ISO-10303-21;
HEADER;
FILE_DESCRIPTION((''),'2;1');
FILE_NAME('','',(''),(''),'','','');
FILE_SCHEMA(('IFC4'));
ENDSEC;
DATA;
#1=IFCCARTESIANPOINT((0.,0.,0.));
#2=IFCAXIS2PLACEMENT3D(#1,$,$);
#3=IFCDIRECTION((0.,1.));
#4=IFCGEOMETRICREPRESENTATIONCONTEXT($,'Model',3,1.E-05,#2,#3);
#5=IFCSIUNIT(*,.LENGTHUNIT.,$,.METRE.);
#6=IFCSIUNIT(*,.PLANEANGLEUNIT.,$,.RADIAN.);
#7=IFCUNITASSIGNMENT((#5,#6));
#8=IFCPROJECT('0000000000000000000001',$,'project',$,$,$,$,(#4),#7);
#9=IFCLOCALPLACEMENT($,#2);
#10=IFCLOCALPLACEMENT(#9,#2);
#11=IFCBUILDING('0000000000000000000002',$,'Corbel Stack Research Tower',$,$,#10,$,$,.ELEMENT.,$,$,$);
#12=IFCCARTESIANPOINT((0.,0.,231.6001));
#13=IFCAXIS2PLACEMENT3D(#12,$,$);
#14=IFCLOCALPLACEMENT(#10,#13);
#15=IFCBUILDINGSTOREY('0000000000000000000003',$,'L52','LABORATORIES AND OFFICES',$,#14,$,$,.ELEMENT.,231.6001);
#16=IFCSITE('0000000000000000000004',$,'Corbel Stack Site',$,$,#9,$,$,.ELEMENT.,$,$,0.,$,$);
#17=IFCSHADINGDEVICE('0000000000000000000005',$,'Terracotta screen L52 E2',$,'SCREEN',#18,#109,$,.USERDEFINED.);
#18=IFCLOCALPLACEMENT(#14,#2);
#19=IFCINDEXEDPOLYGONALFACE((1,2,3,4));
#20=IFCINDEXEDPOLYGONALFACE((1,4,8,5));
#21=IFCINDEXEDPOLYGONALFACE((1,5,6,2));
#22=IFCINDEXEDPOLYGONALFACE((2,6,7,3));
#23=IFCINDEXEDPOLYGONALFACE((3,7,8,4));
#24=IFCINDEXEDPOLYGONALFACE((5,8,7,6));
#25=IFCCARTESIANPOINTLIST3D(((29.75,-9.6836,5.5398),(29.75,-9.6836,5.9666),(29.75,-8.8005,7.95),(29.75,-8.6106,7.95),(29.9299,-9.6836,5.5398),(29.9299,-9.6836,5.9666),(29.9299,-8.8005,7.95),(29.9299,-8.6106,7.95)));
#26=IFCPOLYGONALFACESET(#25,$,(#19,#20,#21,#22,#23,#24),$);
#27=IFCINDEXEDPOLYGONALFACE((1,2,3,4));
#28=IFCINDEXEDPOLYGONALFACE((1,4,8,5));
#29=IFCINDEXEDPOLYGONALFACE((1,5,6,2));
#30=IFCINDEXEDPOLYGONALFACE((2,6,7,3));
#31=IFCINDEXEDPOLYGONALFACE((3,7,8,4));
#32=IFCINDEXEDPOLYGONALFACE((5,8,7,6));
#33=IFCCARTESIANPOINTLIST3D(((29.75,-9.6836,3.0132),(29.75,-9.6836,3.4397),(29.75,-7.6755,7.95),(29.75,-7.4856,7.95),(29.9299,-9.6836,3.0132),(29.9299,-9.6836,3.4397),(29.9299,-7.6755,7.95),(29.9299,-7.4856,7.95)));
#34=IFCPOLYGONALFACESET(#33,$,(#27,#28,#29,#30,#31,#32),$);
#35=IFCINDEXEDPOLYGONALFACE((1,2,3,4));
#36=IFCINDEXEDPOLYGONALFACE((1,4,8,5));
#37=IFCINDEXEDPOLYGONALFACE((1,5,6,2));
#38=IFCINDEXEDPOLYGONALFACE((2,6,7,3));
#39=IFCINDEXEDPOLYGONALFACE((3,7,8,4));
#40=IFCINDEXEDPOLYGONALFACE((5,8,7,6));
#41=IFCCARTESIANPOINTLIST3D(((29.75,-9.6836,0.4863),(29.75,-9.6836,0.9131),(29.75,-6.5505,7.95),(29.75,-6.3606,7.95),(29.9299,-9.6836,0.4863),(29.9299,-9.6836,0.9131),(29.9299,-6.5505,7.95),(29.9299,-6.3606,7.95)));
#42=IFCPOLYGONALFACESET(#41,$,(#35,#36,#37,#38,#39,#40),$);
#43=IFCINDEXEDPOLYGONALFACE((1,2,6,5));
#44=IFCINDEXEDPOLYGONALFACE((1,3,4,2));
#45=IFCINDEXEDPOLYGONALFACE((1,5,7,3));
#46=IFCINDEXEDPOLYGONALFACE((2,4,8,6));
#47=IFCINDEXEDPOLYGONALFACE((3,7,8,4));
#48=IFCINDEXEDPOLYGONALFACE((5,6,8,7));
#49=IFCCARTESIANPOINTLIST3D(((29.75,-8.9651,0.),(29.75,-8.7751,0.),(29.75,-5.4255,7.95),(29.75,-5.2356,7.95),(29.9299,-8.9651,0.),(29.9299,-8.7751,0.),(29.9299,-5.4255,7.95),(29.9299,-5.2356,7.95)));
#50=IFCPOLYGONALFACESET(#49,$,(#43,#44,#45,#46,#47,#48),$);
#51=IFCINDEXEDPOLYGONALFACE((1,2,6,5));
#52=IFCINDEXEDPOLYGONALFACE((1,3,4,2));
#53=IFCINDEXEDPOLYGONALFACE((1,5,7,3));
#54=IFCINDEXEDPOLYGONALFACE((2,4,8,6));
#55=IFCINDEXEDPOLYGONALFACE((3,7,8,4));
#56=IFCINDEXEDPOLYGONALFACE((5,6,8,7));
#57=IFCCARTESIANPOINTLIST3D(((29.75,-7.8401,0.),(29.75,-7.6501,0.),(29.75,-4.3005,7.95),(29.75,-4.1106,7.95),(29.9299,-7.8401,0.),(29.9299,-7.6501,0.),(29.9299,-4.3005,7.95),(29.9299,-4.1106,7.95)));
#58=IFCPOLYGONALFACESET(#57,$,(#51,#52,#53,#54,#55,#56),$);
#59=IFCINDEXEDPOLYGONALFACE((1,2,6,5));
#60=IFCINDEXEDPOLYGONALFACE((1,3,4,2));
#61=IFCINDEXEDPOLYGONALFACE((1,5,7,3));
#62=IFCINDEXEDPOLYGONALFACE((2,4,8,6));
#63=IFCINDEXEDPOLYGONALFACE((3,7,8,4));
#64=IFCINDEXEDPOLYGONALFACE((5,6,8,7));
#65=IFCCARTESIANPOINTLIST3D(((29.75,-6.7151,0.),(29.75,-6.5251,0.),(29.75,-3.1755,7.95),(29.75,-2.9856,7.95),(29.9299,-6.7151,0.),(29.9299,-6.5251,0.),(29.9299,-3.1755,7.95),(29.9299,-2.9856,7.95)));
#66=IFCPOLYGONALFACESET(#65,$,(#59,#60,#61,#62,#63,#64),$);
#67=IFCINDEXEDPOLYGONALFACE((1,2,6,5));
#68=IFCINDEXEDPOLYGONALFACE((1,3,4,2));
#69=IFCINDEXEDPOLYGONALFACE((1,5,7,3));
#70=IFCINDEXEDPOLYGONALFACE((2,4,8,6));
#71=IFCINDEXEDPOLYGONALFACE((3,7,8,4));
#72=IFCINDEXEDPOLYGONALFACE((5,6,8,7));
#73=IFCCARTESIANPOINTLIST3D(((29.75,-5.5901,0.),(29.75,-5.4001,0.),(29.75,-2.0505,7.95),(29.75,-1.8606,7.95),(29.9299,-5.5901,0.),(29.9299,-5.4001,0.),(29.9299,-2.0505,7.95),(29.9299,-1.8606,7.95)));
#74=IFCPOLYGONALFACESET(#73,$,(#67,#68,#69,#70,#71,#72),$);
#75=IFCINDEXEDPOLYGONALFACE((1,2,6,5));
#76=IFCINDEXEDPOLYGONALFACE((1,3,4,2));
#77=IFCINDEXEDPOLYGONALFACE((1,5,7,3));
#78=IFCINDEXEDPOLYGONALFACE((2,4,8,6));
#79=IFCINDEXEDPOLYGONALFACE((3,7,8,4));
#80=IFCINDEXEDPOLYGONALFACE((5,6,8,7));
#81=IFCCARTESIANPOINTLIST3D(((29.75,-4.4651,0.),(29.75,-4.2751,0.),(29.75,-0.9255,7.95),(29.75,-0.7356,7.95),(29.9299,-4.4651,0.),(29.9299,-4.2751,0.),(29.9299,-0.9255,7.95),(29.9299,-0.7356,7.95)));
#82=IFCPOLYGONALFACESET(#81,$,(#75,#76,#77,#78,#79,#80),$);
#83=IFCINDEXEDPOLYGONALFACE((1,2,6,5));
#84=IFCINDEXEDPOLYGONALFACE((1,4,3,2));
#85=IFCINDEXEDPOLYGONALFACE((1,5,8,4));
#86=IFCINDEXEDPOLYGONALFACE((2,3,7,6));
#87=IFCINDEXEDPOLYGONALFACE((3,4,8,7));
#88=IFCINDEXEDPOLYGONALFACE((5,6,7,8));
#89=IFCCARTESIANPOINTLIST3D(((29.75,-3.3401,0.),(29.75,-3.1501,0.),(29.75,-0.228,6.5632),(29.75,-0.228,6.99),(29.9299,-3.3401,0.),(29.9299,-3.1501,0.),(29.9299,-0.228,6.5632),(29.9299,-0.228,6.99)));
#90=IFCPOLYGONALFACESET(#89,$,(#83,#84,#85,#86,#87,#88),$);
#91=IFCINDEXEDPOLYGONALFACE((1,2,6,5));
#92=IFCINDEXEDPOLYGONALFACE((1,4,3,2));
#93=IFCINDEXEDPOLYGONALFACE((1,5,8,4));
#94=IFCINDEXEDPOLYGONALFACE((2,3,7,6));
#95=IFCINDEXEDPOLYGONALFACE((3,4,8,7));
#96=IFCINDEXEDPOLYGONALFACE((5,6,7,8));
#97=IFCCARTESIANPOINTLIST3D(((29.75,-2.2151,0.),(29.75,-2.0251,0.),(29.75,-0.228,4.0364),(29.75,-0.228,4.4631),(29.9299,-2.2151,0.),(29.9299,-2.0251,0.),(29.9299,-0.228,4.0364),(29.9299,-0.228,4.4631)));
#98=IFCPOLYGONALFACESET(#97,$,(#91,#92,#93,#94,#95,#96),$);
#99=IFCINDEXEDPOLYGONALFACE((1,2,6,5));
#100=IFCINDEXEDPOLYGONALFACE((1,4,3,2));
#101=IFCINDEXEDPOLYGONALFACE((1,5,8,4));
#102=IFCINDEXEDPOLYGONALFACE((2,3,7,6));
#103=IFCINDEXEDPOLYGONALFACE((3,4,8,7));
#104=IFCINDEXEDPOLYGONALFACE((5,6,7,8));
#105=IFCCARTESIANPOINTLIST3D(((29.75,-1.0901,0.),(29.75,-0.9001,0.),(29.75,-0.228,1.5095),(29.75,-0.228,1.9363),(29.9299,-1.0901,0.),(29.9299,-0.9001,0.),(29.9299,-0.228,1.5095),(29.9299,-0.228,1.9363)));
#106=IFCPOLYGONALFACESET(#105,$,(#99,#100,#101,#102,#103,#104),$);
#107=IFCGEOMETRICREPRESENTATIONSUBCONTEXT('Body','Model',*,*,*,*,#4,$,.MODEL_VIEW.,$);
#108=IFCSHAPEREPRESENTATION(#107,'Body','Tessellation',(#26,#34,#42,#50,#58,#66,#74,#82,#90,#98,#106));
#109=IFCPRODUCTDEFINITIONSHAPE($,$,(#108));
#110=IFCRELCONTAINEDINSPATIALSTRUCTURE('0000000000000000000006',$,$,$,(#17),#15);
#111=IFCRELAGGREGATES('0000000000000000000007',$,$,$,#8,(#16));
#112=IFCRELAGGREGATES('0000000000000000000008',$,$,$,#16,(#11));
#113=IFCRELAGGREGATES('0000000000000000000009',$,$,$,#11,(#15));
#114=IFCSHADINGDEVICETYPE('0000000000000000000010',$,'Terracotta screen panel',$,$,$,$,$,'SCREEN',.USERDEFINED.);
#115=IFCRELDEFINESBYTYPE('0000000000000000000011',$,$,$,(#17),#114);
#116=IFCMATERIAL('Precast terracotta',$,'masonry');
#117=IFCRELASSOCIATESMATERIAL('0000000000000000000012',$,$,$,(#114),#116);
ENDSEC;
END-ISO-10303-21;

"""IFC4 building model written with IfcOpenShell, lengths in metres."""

from ifc_helpers import new_model, si_unit, direction, frame, origin, place, context, subcontext, project, spatial, polyline, outline, extrude, source, transform, mapped, material, type_object, element, save


model = new_model("IFC4")

# Units and contexts
model_context = context("Model", 3, precision=1e-05, world=origin(), true_north=direction((0.0, 1.0)))
body_context = subcontext(model_context, "Body", "Model", "MODEL_VIEW")
ifc_project = project(units=[si_unit("LENGTHUNIT", "METRE"), si_unit("PLANEANGLEUNIT", "RADIAN")], contexts=[model_context])

# Site, building, storey
site_placement = place(None, origin())
site = spatial("IfcSite", under=ifc_project, at=site_placement, Name="Corbel Stack Site", CompositionType="ELEMENT", RefElevation=0.0)
building_placement = place(site_placement, origin())
building = spatial("IfcBuilding", under=site, at=building_placement, Name="Corbel Stack Research Tower", CompositionType="ELEMENT")
storey_placement = place(building_placement, frame((0.0, 0.0, 231.6001)))
storey = spatial("IfcBuildingStorey", under=building, at=storey_placement, Name="L52", Description="LABORATORIES AND OFFICES", CompositionType="ELEMENT", Elevation=231.6001)

# Shading device
ifc_material_1 = material(Name="Precast terracotta", Category="masonry")
shading_device_type = type_object("IfcShadingDeviceType", Name="Terracotta screen panel", ElementType="SCREEN", PredefinedType="USERDEFINED", material=ifc_material_1)
shared_shape_1 = source(origin(), body_context, "Body", "SweptSolid", [
    extrude(outline(polyline([(1.073, 7.95), (0.8831, 7.95), (0.0, 5.9666), (0.0, 5.5398), (1.073, 7.95)])), frame((0.0, 0.0, 0.0), z_axis=(0.0, -1.0, 0.0), x_axis=(1.0, 0.0, 0.0)), (0.0, 0.0, 1.0), 0.1799),
    extrude(outline(polyline([(2.198, 7.95), (2.0081, 7.95), (0.0, 3.4397), (0.0, 3.0132), (2.198, 7.95)])), frame((0.0, 0.0, 0.0), z_axis=(0.0, -1.0, 0.0), x_axis=(1.0, 0.0, 0.0)), (0.0, 0.0, 1.0), 0.1799),
    extrude(outline(polyline([(3.323, 7.95), (3.1331, 7.95), (0.0, 0.9131), (0.0, 0.4863), (3.323, 7.95)])), frame((0.0, 0.0, 0.0), z_axis=(0.0, -1.0, 0.0), x_axis=(1.0, 0.0, 0.0)), (0.0, 0.0, 1.0), 0.1799),
    extrude(outline(polyline([(0.9084, 0.0), (4.448, 7.95), (4.2581, 7.95), (0.7185, 0.0), (0.9084, 0.0)])), frame((0.0, 0.0, 0.0), z_axis=(0.0, -1.0, 0.0), x_axis=(1.0, 0.0, 0.0)), (0.0, 0.0, 1.0), 0.1799),
    extrude(outline(polyline([(2.0334, 0.0), (5.573, 7.95), (5.3831, 7.95), (1.8435, 0.0), (2.0334, 0.0)])), frame((0.0, 0.0, 0.0), z_axis=(0.0, -1.0, 0.0), x_axis=(1.0, 0.0, 0.0)), (0.0, 0.0, 1.0), 0.1799),
    extrude(outline(polyline([(3.1584, 0.0), (6.698, 7.95), (6.5081, 7.95), (2.9685, 0.0), (3.1584, 0.0)])), frame((0.0, 0.0, 0.0), z_axis=(0.0, -1.0, 0.0), x_axis=(1.0, 0.0, 0.0)), (0.0, 0.0, 1.0), 0.1799),
    extrude(outline(polyline([(4.2834, 0.0), (7.823, 7.95), (7.6331, 7.95), (4.0935, 0.0), (4.2834, 0.0)])), frame((0.0, 0.0, 0.0), z_axis=(0.0, -1.0, 0.0), x_axis=(1.0, 0.0, 0.0)), (0.0, 0.0, 1.0), 0.1799),
    extrude(outline(polyline([(5.4084, 0.0), (8.948, 7.95), (8.7581, 7.95), (5.2185, 0.0), (5.4084, 0.0)])), frame((0.0, 0.0, 0.0), z_axis=(0.0, -1.0, 0.0), x_axis=(1.0, 0.0, 0.0)), (0.0, 0.0, 1.0), 0.1799),
    extrude(outline(polyline([(6.5334, 0.0), (9.4556, 6.5632), (9.4556, 6.99), (6.3435, 0.0), (6.5334, 0.0)])), frame((0.0, 0.0, 0.0), z_axis=(0.0, -1.0, 0.0), x_axis=(1.0, 0.0, 0.0)), (0.0, 0.0, 1.0), 0.1799),
    extrude(outline(polyline([(7.6584, 0.0), (9.4556, 4.0364), (9.4556, 4.4631), (7.4685, 0.0), (7.6584, 0.0)])), frame((0.0, 0.0, 0.0), z_axis=(0.0, -1.0, 0.0), x_axis=(1.0, 0.0, 0.0)), (0.0, 0.0, 1.0), 0.1799),
    extrude(outline(polyline([(8.7834, 0.0), (9.4556, 1.5095), (9.4556, 1.9363), (8.5935, 0.0), (8.7834, 0.0)])), frame((0.0, 0.0, 0.0), z_axis=(0.0, -1.0, 0.0), x_axis=(1.0, 0.0, 0.0)), (0.0, 0.0, 1.0), 0.1799),
])
shading_device_1_placement = place(storey_placement, frame((29.75, -9.6836, 0.0), z_axis=(0.0, 0.0, 1.0), x_axis=(0.0, 1.0, 0.0)))
element("IfcShadingDevice", 1, at=shading_device_1_placement, inside=storey, type_object=shading_device_type, Name="Terracotta screen L52 E2", ObjectType="SCREEN", PredefinedType="USERDEFINED", context=body_context, shape_type="MappedRepresentation", body=[
    mapped(shared_shape_1, transform((0.0, 0.0, 0.0))),
])

save(model, "model.ifc")
